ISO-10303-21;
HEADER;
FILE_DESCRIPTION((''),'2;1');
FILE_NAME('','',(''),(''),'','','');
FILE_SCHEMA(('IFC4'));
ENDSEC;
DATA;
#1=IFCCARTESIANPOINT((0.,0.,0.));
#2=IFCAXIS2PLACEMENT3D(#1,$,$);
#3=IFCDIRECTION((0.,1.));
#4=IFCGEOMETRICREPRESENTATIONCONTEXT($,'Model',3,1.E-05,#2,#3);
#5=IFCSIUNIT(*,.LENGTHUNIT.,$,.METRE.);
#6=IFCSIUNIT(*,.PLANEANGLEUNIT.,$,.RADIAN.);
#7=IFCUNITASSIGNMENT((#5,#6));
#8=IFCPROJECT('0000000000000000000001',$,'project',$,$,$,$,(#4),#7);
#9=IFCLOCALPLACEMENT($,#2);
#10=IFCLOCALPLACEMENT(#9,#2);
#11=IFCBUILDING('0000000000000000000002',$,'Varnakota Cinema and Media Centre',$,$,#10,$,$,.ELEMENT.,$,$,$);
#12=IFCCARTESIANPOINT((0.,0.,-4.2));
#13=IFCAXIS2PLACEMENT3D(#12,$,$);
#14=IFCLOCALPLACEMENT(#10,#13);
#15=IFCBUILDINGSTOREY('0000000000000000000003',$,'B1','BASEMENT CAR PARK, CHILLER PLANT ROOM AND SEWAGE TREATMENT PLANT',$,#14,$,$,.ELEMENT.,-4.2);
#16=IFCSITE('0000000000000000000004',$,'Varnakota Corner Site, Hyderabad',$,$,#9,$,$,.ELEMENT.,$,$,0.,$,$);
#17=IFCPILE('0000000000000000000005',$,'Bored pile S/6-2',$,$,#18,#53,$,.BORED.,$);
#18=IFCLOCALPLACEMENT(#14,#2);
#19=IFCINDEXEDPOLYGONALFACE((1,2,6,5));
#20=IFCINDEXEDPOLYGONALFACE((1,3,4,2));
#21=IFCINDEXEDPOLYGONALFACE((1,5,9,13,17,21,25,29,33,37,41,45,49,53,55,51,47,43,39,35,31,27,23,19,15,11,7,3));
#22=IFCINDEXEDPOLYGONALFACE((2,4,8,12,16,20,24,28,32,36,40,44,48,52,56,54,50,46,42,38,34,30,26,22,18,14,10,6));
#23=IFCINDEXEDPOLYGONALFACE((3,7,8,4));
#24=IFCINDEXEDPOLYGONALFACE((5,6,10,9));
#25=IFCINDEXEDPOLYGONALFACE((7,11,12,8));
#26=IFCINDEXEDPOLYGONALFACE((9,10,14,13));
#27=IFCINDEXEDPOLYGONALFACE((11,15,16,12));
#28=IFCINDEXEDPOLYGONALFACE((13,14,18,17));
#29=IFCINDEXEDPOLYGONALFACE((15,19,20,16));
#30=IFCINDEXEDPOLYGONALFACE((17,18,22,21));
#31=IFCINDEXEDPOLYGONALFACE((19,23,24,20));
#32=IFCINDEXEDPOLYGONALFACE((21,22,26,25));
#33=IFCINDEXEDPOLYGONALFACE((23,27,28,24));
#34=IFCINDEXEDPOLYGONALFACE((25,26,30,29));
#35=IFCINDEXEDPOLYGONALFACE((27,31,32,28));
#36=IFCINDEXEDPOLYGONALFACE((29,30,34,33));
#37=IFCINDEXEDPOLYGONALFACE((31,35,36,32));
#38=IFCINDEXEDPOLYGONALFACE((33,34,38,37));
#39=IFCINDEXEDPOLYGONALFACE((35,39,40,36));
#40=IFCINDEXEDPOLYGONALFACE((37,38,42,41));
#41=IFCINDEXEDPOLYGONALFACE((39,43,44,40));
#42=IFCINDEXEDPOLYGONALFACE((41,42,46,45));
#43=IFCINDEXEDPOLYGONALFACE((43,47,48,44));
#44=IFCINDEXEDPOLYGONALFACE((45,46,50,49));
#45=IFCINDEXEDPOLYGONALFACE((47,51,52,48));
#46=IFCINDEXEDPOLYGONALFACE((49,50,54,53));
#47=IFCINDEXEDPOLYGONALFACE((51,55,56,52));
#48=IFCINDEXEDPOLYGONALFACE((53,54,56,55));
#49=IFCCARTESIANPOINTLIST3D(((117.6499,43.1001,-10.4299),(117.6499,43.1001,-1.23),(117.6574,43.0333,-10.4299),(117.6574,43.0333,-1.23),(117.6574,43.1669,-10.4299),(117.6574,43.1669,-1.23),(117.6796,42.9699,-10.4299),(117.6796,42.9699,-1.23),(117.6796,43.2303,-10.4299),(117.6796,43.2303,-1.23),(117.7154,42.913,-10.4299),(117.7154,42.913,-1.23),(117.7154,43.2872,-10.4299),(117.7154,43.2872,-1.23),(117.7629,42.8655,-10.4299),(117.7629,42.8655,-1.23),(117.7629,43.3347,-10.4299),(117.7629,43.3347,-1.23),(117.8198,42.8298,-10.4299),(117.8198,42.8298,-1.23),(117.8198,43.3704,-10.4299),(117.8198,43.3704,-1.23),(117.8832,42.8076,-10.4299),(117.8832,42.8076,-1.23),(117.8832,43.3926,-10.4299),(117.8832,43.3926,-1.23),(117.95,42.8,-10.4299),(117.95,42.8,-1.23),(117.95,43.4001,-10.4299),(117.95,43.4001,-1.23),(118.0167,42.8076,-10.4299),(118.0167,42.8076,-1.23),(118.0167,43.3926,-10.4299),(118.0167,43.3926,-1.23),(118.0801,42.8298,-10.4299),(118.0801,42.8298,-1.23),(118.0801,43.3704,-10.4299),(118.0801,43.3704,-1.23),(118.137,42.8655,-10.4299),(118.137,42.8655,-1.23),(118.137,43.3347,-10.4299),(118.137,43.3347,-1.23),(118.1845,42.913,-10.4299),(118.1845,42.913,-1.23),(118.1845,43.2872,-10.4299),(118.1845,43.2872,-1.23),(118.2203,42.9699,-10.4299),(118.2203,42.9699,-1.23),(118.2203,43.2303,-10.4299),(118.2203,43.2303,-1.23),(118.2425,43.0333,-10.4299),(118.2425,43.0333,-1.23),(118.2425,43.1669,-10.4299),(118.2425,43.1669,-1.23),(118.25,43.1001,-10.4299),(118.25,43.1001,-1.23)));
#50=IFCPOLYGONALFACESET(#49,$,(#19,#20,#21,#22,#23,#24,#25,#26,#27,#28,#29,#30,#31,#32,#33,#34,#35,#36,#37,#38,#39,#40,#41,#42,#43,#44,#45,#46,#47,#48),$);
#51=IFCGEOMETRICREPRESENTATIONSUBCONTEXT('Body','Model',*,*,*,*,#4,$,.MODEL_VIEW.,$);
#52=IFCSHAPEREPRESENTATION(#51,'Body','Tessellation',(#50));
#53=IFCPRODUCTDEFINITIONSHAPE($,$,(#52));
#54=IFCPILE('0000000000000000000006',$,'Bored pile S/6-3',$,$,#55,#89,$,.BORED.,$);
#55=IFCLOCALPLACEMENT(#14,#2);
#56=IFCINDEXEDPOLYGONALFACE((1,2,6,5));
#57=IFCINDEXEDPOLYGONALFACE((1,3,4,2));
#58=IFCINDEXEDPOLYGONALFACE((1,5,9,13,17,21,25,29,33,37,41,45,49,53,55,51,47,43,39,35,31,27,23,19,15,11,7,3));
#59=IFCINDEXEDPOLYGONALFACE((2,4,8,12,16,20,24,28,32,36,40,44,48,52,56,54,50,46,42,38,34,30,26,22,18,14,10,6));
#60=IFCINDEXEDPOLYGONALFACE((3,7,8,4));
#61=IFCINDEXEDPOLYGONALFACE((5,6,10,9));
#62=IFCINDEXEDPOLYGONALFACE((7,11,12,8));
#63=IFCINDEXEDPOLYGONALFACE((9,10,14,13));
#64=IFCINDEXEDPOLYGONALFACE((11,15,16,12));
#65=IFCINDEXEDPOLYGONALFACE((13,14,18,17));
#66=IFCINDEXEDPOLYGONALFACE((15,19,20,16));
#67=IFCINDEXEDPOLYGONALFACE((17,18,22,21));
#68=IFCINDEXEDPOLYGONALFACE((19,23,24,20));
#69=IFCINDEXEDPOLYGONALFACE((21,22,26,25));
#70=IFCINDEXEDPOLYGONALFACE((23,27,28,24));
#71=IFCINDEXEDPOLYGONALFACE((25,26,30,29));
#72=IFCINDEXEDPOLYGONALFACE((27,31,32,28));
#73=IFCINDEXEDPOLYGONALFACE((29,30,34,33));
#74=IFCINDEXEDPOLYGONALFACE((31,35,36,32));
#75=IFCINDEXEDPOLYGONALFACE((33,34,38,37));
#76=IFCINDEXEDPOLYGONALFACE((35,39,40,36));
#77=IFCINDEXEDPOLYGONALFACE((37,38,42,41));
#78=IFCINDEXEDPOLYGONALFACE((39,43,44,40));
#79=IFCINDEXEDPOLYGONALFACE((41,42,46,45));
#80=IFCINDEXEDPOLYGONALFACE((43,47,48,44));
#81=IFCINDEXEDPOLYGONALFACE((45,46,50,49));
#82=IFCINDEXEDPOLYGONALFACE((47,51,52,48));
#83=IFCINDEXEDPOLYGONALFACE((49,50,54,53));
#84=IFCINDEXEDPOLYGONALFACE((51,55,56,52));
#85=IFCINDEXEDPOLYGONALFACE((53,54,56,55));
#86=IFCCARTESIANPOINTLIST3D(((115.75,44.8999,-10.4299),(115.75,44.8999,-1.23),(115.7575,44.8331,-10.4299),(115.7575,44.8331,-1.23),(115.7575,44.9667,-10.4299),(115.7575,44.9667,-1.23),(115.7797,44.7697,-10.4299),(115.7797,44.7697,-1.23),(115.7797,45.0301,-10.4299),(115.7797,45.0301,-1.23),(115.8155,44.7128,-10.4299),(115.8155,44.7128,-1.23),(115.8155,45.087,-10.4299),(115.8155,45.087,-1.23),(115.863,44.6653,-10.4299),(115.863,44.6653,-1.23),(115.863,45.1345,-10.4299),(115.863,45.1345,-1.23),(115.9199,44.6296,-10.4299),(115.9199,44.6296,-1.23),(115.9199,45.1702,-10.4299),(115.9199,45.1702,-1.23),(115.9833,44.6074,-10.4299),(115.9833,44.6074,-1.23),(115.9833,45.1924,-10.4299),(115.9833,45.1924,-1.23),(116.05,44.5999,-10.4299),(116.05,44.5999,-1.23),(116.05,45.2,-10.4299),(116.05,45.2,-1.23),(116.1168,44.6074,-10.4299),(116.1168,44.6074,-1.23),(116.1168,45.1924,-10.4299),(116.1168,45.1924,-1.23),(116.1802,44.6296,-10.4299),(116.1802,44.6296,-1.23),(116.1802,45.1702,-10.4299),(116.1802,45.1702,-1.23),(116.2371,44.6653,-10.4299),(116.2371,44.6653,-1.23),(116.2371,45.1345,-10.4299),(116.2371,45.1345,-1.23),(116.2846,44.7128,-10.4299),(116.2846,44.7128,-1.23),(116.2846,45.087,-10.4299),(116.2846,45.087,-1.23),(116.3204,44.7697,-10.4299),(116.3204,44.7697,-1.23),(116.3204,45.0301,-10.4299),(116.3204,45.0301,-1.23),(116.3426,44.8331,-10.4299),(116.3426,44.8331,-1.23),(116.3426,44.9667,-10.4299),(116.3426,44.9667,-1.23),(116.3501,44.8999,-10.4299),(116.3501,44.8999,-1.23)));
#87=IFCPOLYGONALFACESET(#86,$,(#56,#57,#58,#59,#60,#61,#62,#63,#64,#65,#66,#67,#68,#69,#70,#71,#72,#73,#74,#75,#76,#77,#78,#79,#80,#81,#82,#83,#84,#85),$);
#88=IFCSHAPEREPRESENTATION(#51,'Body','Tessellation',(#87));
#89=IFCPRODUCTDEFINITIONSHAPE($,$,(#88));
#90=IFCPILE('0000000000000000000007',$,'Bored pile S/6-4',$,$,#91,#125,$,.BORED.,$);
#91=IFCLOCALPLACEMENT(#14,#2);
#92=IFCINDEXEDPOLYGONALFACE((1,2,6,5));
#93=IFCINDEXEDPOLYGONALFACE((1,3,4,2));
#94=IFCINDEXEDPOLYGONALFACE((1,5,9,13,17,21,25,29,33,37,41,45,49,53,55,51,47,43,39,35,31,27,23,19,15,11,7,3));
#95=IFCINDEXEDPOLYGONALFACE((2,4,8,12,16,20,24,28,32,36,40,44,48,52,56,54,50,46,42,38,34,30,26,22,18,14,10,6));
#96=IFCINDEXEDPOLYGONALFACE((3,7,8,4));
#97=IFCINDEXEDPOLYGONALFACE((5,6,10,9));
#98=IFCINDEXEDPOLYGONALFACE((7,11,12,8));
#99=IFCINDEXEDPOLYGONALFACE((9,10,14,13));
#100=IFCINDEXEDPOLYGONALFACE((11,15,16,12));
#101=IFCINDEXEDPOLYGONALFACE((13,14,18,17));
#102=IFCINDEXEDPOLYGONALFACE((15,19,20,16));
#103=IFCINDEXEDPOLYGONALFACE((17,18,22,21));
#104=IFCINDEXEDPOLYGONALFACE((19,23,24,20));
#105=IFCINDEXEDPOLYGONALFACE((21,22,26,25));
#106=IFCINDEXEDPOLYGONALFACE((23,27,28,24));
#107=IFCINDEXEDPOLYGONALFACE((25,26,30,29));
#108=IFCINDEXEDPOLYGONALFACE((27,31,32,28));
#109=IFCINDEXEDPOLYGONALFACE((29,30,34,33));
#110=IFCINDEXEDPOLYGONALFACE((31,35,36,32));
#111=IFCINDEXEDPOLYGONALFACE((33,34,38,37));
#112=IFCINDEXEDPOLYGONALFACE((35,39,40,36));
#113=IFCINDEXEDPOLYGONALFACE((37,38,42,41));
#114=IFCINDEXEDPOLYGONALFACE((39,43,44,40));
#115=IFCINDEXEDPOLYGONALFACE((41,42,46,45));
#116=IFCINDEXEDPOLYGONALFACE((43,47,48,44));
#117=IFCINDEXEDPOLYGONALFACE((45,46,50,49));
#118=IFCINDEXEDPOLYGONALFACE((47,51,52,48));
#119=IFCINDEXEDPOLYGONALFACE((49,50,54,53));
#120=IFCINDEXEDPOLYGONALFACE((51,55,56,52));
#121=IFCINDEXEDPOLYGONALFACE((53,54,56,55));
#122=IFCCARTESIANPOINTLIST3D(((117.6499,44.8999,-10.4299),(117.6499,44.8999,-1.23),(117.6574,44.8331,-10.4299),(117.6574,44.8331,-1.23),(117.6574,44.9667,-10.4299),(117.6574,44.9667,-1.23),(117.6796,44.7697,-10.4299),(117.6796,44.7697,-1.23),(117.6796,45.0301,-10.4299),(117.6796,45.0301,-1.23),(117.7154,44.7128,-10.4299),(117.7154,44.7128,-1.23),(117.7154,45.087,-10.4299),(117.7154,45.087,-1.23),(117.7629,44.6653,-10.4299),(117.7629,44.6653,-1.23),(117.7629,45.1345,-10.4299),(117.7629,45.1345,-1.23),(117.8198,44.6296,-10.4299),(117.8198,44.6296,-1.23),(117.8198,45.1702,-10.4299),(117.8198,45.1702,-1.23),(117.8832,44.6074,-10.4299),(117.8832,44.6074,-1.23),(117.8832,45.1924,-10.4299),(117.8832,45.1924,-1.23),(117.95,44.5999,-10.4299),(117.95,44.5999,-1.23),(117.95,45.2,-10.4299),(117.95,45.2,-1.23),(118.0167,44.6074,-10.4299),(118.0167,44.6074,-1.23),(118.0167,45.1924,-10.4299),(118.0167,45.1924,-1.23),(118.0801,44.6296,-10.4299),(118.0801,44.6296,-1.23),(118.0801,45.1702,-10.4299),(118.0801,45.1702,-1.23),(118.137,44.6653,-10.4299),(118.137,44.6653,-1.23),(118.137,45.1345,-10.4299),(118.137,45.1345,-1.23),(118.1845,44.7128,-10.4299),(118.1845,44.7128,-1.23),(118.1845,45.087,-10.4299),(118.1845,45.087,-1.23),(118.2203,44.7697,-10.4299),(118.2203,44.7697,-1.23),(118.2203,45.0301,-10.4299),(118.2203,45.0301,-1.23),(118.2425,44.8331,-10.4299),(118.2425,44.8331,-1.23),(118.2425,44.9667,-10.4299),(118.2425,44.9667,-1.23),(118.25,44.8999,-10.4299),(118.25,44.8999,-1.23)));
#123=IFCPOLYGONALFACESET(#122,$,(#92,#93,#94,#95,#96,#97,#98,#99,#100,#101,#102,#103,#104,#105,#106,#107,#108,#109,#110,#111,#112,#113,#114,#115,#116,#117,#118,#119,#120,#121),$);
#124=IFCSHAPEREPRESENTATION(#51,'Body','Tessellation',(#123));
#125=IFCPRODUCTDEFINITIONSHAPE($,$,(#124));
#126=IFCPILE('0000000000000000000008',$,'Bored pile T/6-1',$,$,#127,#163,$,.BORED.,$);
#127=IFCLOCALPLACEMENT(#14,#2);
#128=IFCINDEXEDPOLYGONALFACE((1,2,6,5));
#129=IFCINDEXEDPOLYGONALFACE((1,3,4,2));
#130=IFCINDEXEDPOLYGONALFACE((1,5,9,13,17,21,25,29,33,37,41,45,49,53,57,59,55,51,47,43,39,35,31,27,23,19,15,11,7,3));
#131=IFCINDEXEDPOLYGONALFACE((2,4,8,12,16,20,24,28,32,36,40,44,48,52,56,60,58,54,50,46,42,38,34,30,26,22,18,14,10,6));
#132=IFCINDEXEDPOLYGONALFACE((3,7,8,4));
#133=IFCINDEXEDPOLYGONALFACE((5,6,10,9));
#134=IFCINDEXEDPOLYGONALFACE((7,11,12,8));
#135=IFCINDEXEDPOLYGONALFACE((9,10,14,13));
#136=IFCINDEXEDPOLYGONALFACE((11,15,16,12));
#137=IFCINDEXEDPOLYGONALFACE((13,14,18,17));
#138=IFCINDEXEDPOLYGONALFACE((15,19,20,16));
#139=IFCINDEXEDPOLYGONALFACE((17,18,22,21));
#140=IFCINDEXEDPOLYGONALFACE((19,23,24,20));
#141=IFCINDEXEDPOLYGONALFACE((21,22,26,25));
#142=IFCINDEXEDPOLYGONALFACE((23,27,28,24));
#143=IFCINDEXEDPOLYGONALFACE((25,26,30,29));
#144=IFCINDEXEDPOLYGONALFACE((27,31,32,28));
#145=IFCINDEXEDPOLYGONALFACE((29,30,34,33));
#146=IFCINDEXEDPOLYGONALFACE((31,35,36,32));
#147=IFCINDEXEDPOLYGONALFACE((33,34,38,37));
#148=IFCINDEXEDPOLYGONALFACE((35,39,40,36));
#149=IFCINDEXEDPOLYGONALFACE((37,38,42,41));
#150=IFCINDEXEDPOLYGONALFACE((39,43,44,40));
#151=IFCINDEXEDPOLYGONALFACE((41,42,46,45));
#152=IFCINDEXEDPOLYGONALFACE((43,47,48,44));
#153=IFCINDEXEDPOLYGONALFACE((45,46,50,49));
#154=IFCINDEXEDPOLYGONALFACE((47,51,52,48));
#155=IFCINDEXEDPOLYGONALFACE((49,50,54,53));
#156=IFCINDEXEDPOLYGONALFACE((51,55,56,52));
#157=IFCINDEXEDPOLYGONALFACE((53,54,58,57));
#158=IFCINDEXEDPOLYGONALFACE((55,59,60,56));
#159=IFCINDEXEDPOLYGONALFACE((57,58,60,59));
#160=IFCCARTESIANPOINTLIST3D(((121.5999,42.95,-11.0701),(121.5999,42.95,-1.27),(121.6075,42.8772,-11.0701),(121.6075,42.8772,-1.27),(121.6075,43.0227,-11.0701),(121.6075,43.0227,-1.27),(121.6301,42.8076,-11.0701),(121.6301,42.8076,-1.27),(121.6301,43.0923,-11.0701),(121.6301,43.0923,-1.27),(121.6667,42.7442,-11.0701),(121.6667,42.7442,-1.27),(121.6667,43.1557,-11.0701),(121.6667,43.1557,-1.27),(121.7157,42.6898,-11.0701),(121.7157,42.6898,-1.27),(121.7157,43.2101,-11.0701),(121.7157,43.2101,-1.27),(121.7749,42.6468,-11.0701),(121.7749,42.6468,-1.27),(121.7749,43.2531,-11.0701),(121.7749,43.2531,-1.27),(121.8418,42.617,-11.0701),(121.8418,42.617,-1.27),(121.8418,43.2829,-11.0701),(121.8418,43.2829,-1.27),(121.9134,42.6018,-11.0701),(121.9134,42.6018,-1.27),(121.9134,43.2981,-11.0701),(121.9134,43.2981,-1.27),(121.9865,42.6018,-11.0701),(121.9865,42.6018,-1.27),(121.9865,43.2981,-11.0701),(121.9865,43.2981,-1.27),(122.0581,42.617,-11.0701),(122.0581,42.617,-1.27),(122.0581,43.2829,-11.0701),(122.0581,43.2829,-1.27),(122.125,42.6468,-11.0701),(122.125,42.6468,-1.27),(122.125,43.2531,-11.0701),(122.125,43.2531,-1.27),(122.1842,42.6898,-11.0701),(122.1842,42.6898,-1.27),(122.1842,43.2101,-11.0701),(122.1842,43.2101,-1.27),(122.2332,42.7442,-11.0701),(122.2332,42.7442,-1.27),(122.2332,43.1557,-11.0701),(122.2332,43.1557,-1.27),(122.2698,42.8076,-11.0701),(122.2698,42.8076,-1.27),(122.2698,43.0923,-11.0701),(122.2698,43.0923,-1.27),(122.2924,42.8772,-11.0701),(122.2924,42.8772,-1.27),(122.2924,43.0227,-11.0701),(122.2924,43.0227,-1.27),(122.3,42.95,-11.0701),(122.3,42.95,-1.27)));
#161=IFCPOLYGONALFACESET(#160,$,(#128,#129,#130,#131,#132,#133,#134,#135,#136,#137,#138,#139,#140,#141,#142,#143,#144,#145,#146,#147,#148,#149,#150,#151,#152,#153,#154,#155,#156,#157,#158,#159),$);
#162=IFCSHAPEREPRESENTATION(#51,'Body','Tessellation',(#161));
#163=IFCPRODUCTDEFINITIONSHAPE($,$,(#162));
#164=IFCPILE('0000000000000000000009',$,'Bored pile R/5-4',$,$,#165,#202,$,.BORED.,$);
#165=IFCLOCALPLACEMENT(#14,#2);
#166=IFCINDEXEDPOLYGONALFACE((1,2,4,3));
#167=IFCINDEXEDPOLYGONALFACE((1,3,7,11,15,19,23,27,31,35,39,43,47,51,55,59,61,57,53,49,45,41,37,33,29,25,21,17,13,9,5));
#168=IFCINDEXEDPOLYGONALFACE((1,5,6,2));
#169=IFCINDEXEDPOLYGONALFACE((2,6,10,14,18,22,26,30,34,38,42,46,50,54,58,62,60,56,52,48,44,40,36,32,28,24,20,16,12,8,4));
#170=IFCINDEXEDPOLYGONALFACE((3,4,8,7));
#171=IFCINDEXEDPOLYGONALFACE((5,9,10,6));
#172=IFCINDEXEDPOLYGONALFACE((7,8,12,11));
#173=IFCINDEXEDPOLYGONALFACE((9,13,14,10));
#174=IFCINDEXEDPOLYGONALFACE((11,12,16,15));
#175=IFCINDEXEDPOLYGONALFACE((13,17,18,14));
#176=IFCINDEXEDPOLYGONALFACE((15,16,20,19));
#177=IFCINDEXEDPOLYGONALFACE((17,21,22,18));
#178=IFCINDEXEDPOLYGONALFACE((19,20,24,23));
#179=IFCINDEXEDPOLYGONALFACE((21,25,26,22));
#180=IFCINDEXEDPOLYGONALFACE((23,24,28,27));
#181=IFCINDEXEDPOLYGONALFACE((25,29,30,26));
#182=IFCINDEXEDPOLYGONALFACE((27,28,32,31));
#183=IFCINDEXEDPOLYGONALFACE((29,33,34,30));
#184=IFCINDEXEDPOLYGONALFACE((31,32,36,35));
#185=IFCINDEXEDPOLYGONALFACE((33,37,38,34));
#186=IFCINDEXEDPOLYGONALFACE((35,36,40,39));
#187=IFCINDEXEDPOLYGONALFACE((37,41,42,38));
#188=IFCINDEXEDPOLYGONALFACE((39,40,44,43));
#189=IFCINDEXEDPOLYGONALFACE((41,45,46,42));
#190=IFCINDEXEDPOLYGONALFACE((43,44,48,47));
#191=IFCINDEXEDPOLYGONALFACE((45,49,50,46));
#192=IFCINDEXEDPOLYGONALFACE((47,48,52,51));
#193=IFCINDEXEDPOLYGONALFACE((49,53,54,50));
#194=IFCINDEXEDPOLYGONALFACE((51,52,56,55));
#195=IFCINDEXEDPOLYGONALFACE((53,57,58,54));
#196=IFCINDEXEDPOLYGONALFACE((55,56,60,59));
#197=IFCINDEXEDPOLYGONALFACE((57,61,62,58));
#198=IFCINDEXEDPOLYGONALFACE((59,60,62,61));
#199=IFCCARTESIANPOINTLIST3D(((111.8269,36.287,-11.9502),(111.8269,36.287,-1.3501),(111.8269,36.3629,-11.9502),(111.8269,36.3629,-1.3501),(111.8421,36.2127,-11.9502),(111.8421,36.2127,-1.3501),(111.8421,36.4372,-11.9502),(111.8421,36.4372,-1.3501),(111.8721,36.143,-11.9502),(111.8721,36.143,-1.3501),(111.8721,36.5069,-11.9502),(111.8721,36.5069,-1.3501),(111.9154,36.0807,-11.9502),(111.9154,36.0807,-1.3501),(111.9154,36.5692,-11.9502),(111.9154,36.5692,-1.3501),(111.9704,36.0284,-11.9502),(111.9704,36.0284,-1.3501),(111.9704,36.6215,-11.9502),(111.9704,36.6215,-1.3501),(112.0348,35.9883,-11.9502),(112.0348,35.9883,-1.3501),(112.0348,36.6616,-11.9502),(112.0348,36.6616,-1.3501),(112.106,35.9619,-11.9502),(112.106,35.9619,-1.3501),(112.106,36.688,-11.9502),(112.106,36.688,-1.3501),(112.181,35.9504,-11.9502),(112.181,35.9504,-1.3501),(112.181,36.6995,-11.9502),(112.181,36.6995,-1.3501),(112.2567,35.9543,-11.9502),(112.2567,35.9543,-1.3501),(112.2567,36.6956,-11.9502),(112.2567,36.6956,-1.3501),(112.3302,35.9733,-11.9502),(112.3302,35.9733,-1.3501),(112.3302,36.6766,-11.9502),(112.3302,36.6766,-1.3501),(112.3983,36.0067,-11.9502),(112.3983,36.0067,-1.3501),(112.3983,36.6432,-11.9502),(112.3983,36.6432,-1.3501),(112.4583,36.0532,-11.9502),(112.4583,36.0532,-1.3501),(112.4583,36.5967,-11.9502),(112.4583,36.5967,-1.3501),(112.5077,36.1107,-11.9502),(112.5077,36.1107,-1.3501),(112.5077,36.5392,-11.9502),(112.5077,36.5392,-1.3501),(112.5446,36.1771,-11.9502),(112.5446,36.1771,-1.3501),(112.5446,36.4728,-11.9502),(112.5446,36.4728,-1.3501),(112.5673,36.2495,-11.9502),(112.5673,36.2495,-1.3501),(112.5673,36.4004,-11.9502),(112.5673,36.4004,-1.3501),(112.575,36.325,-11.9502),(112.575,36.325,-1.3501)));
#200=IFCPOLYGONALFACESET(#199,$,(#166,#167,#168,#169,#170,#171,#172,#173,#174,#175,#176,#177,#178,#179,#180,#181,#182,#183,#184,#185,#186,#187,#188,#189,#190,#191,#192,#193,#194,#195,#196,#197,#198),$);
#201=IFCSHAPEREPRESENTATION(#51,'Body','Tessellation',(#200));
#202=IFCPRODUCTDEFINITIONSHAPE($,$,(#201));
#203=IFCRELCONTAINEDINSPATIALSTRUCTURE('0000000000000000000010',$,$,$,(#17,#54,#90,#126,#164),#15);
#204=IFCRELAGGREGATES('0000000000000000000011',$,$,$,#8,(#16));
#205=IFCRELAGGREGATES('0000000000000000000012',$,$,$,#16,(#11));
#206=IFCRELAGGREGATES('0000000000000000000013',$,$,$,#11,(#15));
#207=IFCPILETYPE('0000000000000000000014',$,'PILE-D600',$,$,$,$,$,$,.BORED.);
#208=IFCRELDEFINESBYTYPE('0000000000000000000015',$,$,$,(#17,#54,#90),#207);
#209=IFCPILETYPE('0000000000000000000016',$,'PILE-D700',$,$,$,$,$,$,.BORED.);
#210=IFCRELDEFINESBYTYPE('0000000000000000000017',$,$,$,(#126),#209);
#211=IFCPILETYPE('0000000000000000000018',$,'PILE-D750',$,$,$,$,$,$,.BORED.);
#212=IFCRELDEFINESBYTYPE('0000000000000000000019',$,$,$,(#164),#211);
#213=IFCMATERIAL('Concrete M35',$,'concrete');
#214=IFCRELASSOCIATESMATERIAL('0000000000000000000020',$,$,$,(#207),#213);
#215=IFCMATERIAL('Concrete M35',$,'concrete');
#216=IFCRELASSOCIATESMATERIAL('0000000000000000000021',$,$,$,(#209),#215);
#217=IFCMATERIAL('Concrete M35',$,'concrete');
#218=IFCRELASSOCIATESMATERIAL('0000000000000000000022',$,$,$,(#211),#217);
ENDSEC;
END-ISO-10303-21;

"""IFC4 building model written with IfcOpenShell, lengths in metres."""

from ifc_helpers import new_model, si_unit, direction, frame, origin, origin_2d, place, context, subcontext, project, spatial, circle, extrude, material, material_profile, profile_set, type_object, element, save


model = new_model("IFC4")

# Units and contexts
model_context = context("Model", 3, precision=1e-05, world=origin(), true_north=direction((0.0, 1.0)))
body_context = subcontext(model_context, "Body", "Model", "MODEL_VIEW")
ifc_project = project(units=[si_unit("LENGTHUNIT", "METRE"), si_unit("PLANEANGLEUNIT", "RADIAN")], contexts=[model_context])

# Site, building, storey
site_placement = place(None, origin())
site = spatial("IfcSite", under=ifc_project, at=site_placement, Name="Varnakota Corner Site, Hyderabad", CompositionType="ELEMENT", RefElevation=0.0)
building_placement = place(site_placement, origin())
building = spatial("IfcBuilding", under=site, at=building_placement, Name="Varnakota Cinema and Media Centre", CompositionType="ELEMENT")
storey_placement = place(building_placement, frame((0.0, 0.0, -4.2)))
storey = spatial("IfcBuildingStorey", under=building, at=storey_placement, Name="B1", Description="BASEMENT CAR PARK, CHILLER PLANT ROOM AND SEWAGE TREATMENT PLANT", CompositionType="ELEMENT", Elevation=-4.2)

# Piles
ifc_material_1 = material(Name="Concrete M35", Category="concrete")
ifc_material_profile_1 = material_profile(ifc_material_1, circle(Radius=0.3, at=origin_2d()), Name="PILE D600")
ifc_profile_set_1 = profile_set([ifc_material_profile_1], Name="Concrete M35")
pile_type_1 = type_object("IfcPileType", Name="PILE-D600", PredefinedType="BORED", material=ifc_profile_set_1)
for number, where, z_axis, x_axis, name in (
    (1, (117.95, 43.1001, -1.23), (0.0, 0.0, -1.0), (1.0, 0.0, 0.0), "Bored pile S/6-2"),
    (2, (116.05, 44.8999, -1.23), (0.0, 0.0, -1.0), (1.0, 0.0, 0.0), "Bored pile S/6-3"),
    (3, (117.95, 44.8999, -1.23), (0.0, 0.0, -1.0), (1.0, 0.0, 0.0), "Bored pile S/6-4"),
):
    element("IfcPile", number, at=place(storey_placement, frame(where, z_axis=z_axis, x_axis=x_axis)), inside=storey, type_object=pile_type_1, Name=name, PredefinedType="BORED", context=body_context, shape_type="SweptSolid", body=[
        extrude(circle(Radius=0.3, at=origin_2d()), origin(), (0.0, 0.0, 1.0), 9.2),
    ])
ifc_material_2 = material(Name="Concrete M35", Category="concrete")
ifc_material_profile_2 = material_profile(ifc_material_2, circle(Radius=0.3501, at=origin_2d()), Name="PILE D700")
ifc_profile_set_2 = profile_set([ifc_material_profile_2], Name="Concrete M35")
pile_type_2 = type_object("IfcPileType", Name="PILE-D700", PredefinedType="BORED", material=ifc_profile_set_2)
pile_1_placement = place(storey_placement, frame((121.95, 42.95, -1.27), z_axis=(0.0, 0.0, -1.0), x_axis=(1.0, 0.0, 0.0)))
element("IfcPile", 4, at=pile_1_placement, inside=storey, type_object=pile_type_2, Name="Bored pile T/6-1", PredefinedType="BORED", context=body_context, shape_type="SweptSolid", body=[
    extrude(circle(Radius=0.3501, at=origin_2d()), origin(), (0.0, 0.0, 1.0), 9.8),
])
ifc_material_3 = material(Name="Concrete M35", Category="concrete")
ifc_material_profile_3 = material_profile(ifc_material_3, circle(Radius=0.375, at=origin_2d()), Name="PILE D750")
ifc_profile_set_3 = profile_set([ifc_material_profile_3], Name="Concrete M35")
pile_type_3 = type_object("IfcPileType", Name="PILE-D750", PredefinedType="BORED", material=ifc_profile_set_3)
pile_2_placement = place(storey_placement, frame((112.2, 36.325, -1.3501), z_axis=(0.0, 0.0, -1.0), x_axis=(1.0, 0.0, 0.0)))
element("IfcPile", 5, at=pile_2_placement, inside=storey, type_object=pile_type_3, Name="Bored pile R/5-4", PredefinedType="BORED", context=body_context, shape_type="SweptSolid", body=[
    extrude(circle(Radius=0.375, at=origin_2d()), origin(), (0.0, 0.0, 1.0), 10.6001),
])

save(model, "model.ifc")
